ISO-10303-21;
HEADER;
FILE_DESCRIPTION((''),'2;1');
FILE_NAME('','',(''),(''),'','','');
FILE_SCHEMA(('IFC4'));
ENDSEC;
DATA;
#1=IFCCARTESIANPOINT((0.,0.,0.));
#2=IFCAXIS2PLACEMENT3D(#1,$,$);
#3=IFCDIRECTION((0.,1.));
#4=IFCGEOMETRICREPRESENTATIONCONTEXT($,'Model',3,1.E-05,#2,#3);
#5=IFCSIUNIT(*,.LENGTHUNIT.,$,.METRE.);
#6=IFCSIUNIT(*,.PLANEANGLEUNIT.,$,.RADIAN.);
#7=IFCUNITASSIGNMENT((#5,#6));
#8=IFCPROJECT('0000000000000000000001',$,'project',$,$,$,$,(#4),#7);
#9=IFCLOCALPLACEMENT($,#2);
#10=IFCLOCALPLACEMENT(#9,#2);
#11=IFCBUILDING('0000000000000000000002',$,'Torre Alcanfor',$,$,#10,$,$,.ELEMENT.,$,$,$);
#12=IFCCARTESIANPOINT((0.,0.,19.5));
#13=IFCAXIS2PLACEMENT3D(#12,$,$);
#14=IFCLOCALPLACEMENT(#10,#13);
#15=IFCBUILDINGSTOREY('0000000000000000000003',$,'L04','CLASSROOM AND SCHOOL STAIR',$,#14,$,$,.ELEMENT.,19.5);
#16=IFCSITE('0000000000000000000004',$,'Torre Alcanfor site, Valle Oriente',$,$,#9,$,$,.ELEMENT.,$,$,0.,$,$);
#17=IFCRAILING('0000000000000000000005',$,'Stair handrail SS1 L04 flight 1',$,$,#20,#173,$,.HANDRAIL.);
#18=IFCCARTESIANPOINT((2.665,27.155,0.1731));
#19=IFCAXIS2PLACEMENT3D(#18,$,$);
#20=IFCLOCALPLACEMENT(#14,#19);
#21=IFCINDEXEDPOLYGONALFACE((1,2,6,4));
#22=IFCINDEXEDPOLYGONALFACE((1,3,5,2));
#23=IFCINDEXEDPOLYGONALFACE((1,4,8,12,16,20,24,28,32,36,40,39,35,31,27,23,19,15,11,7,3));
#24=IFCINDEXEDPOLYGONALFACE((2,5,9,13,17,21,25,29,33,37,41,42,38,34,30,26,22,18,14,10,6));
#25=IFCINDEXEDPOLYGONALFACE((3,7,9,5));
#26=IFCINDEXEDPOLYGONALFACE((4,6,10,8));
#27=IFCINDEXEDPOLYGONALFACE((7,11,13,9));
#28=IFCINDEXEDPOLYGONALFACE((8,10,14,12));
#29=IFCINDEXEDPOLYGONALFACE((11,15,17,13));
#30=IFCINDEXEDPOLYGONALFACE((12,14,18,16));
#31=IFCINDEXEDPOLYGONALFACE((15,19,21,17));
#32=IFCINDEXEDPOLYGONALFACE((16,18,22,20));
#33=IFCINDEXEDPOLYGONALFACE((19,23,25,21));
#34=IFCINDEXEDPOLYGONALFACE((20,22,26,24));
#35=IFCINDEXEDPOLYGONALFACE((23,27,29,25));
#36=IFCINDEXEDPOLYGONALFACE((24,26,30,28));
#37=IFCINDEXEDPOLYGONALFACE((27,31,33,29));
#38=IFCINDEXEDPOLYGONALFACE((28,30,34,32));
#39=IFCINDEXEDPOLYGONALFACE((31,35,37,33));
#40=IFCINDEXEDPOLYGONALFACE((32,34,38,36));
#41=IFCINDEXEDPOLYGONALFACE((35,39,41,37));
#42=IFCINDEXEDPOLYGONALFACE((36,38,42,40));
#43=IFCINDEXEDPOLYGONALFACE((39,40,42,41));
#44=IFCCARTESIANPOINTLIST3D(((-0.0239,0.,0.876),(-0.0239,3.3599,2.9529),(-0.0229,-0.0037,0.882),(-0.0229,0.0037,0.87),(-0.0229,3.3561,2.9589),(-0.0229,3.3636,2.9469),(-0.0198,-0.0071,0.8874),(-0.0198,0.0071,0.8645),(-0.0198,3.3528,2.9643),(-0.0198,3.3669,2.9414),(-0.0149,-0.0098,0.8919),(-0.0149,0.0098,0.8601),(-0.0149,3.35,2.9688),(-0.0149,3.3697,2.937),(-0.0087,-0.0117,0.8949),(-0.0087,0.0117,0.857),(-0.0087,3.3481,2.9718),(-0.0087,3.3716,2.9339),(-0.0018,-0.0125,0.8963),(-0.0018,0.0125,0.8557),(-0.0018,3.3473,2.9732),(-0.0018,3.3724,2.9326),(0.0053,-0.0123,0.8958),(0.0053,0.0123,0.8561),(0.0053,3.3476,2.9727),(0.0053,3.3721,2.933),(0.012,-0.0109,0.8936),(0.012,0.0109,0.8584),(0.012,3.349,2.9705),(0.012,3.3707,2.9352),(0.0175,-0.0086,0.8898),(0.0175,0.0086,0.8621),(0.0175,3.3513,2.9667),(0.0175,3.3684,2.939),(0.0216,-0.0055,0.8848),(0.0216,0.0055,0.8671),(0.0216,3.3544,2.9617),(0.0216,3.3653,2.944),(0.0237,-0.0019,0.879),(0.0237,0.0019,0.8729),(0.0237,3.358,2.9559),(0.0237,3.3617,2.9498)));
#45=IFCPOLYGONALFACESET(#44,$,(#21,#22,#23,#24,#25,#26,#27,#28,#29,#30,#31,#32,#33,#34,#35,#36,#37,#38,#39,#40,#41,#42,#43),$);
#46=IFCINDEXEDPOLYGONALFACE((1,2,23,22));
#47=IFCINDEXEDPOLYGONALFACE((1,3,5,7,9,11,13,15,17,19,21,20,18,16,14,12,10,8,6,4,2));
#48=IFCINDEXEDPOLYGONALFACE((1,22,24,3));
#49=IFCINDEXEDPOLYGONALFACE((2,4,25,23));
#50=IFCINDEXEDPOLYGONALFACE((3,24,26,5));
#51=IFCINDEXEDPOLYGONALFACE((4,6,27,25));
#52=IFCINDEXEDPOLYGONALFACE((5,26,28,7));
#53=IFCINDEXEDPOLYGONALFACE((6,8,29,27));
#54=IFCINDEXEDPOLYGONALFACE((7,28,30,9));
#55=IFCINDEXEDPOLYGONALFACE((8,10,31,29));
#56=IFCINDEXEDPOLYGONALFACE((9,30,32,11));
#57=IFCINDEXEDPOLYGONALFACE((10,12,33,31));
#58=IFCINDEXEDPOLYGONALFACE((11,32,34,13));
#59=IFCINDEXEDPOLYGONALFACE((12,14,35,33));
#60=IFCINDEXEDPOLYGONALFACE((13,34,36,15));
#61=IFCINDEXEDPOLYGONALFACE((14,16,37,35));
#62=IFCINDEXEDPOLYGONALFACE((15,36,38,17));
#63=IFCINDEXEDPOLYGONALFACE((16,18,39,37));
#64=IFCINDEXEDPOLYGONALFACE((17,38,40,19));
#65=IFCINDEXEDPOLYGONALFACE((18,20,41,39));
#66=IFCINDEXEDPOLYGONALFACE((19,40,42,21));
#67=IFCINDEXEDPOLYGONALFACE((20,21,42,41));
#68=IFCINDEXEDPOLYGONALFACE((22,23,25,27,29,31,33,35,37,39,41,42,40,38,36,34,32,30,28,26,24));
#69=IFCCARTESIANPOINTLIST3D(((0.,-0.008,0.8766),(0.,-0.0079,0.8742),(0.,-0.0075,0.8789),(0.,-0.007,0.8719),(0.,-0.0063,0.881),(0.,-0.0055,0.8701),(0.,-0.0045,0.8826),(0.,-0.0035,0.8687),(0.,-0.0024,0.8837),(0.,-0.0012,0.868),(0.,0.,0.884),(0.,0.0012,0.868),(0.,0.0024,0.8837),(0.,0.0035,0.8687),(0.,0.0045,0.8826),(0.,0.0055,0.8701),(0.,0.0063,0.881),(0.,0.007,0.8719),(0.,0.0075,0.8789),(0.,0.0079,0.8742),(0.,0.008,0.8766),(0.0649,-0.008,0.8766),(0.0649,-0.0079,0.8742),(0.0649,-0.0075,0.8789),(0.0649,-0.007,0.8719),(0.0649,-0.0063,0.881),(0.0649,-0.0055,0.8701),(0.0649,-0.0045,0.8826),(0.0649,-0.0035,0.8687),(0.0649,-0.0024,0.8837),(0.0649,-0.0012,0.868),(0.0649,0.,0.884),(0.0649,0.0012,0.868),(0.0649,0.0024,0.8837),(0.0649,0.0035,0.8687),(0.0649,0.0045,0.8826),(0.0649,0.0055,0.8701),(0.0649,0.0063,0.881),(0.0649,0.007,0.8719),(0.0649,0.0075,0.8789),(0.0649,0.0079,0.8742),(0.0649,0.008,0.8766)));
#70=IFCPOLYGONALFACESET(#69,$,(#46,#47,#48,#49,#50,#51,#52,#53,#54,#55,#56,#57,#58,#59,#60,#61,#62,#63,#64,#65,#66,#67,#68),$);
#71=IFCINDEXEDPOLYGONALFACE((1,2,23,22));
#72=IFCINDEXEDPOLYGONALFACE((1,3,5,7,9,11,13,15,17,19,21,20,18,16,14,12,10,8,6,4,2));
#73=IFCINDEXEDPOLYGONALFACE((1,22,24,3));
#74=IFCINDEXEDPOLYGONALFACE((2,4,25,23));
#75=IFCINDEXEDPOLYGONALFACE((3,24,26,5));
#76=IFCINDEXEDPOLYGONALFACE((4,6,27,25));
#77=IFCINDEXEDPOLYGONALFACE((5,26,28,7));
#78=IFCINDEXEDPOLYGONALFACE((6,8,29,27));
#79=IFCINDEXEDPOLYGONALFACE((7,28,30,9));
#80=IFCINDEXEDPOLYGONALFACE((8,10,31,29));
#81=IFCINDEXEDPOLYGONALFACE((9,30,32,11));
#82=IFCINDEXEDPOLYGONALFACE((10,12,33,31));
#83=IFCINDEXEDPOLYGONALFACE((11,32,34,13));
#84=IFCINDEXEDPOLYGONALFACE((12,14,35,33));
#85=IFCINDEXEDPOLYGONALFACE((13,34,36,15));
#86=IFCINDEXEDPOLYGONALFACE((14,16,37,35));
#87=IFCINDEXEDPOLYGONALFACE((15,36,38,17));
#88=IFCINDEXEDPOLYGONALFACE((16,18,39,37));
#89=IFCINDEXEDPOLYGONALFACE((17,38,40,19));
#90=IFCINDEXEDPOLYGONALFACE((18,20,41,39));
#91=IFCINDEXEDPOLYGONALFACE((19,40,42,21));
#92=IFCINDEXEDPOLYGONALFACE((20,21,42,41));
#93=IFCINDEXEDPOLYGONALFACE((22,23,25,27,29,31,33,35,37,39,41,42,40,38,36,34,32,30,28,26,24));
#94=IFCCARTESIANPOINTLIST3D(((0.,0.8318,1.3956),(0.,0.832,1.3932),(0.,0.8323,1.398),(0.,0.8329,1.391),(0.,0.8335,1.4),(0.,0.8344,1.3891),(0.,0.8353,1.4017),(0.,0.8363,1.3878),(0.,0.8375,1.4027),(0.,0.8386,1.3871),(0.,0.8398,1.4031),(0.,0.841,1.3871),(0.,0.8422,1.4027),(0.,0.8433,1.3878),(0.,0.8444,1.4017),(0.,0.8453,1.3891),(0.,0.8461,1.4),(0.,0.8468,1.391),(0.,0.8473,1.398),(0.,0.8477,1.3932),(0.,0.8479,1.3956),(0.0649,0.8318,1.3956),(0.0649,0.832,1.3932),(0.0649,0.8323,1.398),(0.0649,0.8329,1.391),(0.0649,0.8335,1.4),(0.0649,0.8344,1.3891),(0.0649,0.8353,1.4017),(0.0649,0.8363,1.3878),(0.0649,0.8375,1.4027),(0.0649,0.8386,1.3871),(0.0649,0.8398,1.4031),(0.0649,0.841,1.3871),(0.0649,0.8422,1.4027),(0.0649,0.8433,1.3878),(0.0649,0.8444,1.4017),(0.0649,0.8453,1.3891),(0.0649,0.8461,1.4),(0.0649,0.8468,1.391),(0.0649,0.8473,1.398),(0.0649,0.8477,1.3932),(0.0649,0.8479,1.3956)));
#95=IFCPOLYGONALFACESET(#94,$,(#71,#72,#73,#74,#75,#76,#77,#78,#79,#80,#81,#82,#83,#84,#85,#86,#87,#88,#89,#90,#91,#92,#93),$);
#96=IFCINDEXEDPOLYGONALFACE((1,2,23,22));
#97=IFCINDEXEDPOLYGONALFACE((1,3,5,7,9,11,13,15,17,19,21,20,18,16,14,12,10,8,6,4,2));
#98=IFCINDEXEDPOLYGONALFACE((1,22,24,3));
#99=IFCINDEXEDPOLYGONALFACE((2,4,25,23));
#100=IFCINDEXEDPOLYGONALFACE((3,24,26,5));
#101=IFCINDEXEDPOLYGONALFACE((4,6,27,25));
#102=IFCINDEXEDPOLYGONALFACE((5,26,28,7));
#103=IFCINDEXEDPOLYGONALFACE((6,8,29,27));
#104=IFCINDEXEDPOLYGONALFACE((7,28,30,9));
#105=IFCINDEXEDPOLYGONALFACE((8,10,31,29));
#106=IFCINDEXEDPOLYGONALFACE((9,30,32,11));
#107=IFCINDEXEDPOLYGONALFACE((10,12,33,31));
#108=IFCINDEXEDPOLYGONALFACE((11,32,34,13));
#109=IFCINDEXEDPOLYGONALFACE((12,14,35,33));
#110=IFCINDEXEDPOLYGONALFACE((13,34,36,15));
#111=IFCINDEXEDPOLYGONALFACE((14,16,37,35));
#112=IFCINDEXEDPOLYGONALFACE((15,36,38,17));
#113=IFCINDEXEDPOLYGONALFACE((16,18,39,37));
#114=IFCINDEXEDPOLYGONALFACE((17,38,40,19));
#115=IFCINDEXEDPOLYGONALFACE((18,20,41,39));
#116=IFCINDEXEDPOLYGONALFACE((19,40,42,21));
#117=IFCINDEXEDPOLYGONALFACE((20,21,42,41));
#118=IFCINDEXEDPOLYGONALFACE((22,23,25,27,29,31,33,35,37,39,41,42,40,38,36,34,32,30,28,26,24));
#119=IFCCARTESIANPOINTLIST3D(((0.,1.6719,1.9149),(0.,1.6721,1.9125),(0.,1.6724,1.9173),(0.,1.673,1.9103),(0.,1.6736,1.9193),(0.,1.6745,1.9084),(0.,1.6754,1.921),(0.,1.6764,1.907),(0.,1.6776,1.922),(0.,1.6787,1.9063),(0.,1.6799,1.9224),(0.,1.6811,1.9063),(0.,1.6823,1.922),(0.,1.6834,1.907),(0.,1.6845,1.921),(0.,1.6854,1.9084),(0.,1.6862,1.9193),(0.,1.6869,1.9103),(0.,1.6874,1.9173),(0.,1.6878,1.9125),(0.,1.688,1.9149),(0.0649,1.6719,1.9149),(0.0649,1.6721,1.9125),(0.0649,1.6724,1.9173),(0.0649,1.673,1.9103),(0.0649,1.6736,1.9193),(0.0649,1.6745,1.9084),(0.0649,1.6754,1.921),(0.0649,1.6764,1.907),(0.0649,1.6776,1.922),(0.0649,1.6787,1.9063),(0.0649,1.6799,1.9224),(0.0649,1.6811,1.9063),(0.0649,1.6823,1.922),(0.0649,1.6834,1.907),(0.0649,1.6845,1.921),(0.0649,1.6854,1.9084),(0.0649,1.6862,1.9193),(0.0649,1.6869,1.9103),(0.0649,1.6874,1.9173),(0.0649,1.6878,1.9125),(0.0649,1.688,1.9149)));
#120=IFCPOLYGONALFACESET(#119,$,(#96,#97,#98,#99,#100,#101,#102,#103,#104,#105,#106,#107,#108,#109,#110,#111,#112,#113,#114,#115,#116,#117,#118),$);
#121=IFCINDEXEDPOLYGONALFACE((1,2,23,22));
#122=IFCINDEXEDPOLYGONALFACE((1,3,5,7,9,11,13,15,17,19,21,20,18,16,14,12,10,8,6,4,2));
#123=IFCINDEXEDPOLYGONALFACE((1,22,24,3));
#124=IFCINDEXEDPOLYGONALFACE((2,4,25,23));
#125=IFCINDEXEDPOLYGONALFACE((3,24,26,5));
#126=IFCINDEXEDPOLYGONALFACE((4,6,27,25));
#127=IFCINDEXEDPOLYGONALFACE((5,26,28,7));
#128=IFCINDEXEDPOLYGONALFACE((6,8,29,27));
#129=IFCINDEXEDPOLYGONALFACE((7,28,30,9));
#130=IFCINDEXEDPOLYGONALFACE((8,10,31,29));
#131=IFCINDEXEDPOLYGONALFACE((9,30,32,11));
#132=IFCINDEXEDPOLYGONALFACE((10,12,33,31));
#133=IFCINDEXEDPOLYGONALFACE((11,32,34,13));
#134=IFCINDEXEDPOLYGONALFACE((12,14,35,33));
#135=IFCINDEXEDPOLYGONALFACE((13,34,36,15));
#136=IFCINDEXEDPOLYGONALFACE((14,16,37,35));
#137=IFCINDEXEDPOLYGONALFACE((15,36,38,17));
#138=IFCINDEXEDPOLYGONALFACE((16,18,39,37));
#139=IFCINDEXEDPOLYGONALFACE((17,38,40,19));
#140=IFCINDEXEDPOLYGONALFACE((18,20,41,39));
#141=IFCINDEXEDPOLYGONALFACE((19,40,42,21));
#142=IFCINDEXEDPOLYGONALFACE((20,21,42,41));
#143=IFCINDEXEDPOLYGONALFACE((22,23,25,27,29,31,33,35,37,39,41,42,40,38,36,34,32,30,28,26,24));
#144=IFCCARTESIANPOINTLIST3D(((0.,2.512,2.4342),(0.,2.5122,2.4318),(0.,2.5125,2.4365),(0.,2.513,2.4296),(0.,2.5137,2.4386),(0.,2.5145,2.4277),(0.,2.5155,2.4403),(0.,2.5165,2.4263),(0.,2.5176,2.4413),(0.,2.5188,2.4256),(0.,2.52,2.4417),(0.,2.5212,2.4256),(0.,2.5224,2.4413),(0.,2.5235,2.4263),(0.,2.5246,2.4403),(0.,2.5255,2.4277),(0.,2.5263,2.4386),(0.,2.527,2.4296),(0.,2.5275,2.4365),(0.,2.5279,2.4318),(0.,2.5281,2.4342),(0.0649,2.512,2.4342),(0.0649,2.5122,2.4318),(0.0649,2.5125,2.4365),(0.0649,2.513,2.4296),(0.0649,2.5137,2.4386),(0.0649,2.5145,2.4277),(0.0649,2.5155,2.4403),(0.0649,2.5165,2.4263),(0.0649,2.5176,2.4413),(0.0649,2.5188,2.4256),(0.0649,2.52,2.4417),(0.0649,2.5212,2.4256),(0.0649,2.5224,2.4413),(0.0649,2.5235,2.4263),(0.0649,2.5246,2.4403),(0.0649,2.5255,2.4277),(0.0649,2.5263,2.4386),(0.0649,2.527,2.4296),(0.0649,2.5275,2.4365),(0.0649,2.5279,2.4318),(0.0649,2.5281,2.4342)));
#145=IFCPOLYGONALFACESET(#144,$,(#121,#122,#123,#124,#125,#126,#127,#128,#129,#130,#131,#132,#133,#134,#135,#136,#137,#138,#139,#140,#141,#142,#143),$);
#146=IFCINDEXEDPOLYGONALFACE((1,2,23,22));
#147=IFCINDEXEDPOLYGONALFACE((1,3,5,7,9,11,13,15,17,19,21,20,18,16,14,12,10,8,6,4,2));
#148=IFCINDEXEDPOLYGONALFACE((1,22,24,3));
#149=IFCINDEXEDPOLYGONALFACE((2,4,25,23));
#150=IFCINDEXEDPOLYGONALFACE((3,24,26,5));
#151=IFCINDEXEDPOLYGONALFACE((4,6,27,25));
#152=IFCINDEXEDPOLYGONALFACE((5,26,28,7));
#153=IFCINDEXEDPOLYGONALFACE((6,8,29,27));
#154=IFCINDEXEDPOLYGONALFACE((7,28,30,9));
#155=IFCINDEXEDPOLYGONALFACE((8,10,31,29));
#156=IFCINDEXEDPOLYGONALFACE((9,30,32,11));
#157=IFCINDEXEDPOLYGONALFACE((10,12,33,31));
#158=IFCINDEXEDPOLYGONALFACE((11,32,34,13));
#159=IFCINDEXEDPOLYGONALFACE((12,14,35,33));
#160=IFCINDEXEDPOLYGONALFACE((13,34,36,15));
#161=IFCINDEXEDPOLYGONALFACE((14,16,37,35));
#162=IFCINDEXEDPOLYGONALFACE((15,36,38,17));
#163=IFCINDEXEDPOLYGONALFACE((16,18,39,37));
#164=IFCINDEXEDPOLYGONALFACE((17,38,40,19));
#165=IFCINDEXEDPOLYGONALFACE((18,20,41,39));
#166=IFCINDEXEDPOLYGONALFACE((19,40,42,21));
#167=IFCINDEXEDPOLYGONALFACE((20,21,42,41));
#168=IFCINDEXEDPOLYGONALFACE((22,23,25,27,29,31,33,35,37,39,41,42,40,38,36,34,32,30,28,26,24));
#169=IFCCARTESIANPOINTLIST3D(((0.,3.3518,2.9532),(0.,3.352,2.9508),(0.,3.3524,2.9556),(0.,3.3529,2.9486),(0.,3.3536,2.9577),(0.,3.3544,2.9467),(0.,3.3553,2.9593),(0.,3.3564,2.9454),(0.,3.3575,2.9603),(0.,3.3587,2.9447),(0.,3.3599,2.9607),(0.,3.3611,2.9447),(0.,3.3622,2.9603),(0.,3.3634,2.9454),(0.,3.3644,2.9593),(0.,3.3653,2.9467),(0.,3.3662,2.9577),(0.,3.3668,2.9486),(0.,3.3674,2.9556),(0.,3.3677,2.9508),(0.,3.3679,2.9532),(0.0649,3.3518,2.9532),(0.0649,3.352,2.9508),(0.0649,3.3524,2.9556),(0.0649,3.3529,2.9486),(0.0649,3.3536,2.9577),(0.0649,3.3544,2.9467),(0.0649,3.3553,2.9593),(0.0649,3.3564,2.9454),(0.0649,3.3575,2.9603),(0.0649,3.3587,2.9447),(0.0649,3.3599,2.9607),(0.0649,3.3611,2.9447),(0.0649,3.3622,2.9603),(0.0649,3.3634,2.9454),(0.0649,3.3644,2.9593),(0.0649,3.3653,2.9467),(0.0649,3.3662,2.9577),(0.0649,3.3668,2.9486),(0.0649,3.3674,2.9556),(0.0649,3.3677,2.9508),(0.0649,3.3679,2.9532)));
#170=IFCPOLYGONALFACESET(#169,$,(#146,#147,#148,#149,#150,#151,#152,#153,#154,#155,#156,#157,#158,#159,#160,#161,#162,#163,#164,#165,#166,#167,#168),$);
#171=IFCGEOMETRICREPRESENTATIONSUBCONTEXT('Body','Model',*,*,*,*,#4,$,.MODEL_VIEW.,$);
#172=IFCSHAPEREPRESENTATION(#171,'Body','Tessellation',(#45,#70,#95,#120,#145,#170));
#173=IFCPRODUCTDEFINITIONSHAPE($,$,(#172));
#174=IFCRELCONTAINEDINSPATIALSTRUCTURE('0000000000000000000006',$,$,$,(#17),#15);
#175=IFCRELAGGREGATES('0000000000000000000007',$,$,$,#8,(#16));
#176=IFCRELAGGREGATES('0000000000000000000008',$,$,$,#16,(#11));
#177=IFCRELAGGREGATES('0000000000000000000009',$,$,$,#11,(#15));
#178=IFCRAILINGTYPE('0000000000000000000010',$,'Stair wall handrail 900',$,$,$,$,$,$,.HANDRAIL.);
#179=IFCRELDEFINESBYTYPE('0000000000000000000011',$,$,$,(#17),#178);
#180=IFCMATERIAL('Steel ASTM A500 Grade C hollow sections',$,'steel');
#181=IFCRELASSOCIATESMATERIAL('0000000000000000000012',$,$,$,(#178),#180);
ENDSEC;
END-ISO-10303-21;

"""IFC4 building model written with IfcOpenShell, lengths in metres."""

from ifc_helpers import new_model, si_unit, direction, frame, origin, origin_2d, place, context, subcontext, project, spatial, circle, extrude, material, type_object, element, save


model = new_model("IFC4")

# Units and contexts
model_context = context("Model", 3, precision=1e-05, world=origin(), true_north=direction((0.0, 1.0)))
body_context = subcontext(model_context, "Body", "Model", "MODEL_VIEW")
ifc_project = project(units=[si_unit("LENGTHUNIT", "METRE"), si_unit("PLANEANGLEUNIT", "RADIAN")], contexts=[model_context])

# Site, building, storey
site_placement = place(None, origin())
site = spatial("IfcSite", under=ifc_project, at=site_placement, Name="Torre Alcanfor site, Valle Oriente", CompositionType="ELEMENT", RefElevation=0.0)
building_placement = place(site_placement, origin())
building = spatial("IfcBuilding", under=site, at=building_placement, Name="Torre Alcanfor", CompositionType="ELEMENT")
storey_placement = place(building_placement, frame((0.0, 0.0, 19.5)))
storey = spatial("IfcBuildingStorey", under=building, at=storey_placement, Name="L04", Description="CLASSROOM AND SCHOOL STAIR", CompositionType="ELEMENT", Elevation=19.5)

# Railing
ifc_material_1 = material(Name="Steel ASTM A500 Grade C hollow sections", Category="steel")
railing_type_1 = type_object("IfcRailingType", Name="Stair wall handrail 900", PredefinedType="HANDRAIL", material=ifc_material_1)
railing_1_placement = place(storey_placement, frame((2.665, 27.155, 0.1731)))
element("IfcRailing", 1, at=railing_1_placement, inside=storey, type_object=railing_type_1, Name="Stair handrail SS1 L04 flight 1", PredefinedType="HANDRAIL", context=body_context, shape_type="SweptSolid", body=[
    extrude(circle(Radius=0.0239, at=origin_2d()), frame((0.0, 0.0, 0.876), z_axis=(0.0, 0.850606, 0.525803), x_axis=(-1.0, 0.0, 0.0)), (0.0, 0.0, 1.0), 3.95),
    extrude(circle(Radius=0.0081, at=origin_2d()), frame((0.0, 0.0, 0.876), z_axis=(1.0, 0.0, 0.0), x_axis=(0.0, 0.0, 1.0)), (0.0, 0.0, 1.0), 0.0649),
    extrude(circle(Radius=0.0081, at=origin_2d()), frame((0.0, 0.8398, 1.395), z_axis=(1.0, 0.0, 0.0), x_axis=(0.0, 0.0, 1.0)), (0.0, 0.0, 1.0), 0.0649),
    extrude(circle(Radius=0.0081, at=origin_2d()), frame((0.0, 1.6799, 1.9143), z_axis=(1.0, 0.0, 0.0), x_axis=(0.0, 0.0, 1.0)), (0.0, 0.0, 1.0), 0.0649),
    extrude(circle(Radius=0.0081, at=origin_2d()), frame((0.0, 2.52, 2.4336), z_axis=(1.0, 0.0, 0.0), x_axis=(0.0, 0.0, 1.0)), (0.0, 0.0, 1.0), 0.0649),
    extrude(circle(Radius=0.0081, at=origin_2d()), frame((0.0, 3.3599, 2.9526), z_axis=(1.0, 0.0, 0.0), x_axis=(0.0, 0.0, 1.0)), (0.0, 0.0, 1.0), 0.0649),
])

save(model, "model.ifc")
